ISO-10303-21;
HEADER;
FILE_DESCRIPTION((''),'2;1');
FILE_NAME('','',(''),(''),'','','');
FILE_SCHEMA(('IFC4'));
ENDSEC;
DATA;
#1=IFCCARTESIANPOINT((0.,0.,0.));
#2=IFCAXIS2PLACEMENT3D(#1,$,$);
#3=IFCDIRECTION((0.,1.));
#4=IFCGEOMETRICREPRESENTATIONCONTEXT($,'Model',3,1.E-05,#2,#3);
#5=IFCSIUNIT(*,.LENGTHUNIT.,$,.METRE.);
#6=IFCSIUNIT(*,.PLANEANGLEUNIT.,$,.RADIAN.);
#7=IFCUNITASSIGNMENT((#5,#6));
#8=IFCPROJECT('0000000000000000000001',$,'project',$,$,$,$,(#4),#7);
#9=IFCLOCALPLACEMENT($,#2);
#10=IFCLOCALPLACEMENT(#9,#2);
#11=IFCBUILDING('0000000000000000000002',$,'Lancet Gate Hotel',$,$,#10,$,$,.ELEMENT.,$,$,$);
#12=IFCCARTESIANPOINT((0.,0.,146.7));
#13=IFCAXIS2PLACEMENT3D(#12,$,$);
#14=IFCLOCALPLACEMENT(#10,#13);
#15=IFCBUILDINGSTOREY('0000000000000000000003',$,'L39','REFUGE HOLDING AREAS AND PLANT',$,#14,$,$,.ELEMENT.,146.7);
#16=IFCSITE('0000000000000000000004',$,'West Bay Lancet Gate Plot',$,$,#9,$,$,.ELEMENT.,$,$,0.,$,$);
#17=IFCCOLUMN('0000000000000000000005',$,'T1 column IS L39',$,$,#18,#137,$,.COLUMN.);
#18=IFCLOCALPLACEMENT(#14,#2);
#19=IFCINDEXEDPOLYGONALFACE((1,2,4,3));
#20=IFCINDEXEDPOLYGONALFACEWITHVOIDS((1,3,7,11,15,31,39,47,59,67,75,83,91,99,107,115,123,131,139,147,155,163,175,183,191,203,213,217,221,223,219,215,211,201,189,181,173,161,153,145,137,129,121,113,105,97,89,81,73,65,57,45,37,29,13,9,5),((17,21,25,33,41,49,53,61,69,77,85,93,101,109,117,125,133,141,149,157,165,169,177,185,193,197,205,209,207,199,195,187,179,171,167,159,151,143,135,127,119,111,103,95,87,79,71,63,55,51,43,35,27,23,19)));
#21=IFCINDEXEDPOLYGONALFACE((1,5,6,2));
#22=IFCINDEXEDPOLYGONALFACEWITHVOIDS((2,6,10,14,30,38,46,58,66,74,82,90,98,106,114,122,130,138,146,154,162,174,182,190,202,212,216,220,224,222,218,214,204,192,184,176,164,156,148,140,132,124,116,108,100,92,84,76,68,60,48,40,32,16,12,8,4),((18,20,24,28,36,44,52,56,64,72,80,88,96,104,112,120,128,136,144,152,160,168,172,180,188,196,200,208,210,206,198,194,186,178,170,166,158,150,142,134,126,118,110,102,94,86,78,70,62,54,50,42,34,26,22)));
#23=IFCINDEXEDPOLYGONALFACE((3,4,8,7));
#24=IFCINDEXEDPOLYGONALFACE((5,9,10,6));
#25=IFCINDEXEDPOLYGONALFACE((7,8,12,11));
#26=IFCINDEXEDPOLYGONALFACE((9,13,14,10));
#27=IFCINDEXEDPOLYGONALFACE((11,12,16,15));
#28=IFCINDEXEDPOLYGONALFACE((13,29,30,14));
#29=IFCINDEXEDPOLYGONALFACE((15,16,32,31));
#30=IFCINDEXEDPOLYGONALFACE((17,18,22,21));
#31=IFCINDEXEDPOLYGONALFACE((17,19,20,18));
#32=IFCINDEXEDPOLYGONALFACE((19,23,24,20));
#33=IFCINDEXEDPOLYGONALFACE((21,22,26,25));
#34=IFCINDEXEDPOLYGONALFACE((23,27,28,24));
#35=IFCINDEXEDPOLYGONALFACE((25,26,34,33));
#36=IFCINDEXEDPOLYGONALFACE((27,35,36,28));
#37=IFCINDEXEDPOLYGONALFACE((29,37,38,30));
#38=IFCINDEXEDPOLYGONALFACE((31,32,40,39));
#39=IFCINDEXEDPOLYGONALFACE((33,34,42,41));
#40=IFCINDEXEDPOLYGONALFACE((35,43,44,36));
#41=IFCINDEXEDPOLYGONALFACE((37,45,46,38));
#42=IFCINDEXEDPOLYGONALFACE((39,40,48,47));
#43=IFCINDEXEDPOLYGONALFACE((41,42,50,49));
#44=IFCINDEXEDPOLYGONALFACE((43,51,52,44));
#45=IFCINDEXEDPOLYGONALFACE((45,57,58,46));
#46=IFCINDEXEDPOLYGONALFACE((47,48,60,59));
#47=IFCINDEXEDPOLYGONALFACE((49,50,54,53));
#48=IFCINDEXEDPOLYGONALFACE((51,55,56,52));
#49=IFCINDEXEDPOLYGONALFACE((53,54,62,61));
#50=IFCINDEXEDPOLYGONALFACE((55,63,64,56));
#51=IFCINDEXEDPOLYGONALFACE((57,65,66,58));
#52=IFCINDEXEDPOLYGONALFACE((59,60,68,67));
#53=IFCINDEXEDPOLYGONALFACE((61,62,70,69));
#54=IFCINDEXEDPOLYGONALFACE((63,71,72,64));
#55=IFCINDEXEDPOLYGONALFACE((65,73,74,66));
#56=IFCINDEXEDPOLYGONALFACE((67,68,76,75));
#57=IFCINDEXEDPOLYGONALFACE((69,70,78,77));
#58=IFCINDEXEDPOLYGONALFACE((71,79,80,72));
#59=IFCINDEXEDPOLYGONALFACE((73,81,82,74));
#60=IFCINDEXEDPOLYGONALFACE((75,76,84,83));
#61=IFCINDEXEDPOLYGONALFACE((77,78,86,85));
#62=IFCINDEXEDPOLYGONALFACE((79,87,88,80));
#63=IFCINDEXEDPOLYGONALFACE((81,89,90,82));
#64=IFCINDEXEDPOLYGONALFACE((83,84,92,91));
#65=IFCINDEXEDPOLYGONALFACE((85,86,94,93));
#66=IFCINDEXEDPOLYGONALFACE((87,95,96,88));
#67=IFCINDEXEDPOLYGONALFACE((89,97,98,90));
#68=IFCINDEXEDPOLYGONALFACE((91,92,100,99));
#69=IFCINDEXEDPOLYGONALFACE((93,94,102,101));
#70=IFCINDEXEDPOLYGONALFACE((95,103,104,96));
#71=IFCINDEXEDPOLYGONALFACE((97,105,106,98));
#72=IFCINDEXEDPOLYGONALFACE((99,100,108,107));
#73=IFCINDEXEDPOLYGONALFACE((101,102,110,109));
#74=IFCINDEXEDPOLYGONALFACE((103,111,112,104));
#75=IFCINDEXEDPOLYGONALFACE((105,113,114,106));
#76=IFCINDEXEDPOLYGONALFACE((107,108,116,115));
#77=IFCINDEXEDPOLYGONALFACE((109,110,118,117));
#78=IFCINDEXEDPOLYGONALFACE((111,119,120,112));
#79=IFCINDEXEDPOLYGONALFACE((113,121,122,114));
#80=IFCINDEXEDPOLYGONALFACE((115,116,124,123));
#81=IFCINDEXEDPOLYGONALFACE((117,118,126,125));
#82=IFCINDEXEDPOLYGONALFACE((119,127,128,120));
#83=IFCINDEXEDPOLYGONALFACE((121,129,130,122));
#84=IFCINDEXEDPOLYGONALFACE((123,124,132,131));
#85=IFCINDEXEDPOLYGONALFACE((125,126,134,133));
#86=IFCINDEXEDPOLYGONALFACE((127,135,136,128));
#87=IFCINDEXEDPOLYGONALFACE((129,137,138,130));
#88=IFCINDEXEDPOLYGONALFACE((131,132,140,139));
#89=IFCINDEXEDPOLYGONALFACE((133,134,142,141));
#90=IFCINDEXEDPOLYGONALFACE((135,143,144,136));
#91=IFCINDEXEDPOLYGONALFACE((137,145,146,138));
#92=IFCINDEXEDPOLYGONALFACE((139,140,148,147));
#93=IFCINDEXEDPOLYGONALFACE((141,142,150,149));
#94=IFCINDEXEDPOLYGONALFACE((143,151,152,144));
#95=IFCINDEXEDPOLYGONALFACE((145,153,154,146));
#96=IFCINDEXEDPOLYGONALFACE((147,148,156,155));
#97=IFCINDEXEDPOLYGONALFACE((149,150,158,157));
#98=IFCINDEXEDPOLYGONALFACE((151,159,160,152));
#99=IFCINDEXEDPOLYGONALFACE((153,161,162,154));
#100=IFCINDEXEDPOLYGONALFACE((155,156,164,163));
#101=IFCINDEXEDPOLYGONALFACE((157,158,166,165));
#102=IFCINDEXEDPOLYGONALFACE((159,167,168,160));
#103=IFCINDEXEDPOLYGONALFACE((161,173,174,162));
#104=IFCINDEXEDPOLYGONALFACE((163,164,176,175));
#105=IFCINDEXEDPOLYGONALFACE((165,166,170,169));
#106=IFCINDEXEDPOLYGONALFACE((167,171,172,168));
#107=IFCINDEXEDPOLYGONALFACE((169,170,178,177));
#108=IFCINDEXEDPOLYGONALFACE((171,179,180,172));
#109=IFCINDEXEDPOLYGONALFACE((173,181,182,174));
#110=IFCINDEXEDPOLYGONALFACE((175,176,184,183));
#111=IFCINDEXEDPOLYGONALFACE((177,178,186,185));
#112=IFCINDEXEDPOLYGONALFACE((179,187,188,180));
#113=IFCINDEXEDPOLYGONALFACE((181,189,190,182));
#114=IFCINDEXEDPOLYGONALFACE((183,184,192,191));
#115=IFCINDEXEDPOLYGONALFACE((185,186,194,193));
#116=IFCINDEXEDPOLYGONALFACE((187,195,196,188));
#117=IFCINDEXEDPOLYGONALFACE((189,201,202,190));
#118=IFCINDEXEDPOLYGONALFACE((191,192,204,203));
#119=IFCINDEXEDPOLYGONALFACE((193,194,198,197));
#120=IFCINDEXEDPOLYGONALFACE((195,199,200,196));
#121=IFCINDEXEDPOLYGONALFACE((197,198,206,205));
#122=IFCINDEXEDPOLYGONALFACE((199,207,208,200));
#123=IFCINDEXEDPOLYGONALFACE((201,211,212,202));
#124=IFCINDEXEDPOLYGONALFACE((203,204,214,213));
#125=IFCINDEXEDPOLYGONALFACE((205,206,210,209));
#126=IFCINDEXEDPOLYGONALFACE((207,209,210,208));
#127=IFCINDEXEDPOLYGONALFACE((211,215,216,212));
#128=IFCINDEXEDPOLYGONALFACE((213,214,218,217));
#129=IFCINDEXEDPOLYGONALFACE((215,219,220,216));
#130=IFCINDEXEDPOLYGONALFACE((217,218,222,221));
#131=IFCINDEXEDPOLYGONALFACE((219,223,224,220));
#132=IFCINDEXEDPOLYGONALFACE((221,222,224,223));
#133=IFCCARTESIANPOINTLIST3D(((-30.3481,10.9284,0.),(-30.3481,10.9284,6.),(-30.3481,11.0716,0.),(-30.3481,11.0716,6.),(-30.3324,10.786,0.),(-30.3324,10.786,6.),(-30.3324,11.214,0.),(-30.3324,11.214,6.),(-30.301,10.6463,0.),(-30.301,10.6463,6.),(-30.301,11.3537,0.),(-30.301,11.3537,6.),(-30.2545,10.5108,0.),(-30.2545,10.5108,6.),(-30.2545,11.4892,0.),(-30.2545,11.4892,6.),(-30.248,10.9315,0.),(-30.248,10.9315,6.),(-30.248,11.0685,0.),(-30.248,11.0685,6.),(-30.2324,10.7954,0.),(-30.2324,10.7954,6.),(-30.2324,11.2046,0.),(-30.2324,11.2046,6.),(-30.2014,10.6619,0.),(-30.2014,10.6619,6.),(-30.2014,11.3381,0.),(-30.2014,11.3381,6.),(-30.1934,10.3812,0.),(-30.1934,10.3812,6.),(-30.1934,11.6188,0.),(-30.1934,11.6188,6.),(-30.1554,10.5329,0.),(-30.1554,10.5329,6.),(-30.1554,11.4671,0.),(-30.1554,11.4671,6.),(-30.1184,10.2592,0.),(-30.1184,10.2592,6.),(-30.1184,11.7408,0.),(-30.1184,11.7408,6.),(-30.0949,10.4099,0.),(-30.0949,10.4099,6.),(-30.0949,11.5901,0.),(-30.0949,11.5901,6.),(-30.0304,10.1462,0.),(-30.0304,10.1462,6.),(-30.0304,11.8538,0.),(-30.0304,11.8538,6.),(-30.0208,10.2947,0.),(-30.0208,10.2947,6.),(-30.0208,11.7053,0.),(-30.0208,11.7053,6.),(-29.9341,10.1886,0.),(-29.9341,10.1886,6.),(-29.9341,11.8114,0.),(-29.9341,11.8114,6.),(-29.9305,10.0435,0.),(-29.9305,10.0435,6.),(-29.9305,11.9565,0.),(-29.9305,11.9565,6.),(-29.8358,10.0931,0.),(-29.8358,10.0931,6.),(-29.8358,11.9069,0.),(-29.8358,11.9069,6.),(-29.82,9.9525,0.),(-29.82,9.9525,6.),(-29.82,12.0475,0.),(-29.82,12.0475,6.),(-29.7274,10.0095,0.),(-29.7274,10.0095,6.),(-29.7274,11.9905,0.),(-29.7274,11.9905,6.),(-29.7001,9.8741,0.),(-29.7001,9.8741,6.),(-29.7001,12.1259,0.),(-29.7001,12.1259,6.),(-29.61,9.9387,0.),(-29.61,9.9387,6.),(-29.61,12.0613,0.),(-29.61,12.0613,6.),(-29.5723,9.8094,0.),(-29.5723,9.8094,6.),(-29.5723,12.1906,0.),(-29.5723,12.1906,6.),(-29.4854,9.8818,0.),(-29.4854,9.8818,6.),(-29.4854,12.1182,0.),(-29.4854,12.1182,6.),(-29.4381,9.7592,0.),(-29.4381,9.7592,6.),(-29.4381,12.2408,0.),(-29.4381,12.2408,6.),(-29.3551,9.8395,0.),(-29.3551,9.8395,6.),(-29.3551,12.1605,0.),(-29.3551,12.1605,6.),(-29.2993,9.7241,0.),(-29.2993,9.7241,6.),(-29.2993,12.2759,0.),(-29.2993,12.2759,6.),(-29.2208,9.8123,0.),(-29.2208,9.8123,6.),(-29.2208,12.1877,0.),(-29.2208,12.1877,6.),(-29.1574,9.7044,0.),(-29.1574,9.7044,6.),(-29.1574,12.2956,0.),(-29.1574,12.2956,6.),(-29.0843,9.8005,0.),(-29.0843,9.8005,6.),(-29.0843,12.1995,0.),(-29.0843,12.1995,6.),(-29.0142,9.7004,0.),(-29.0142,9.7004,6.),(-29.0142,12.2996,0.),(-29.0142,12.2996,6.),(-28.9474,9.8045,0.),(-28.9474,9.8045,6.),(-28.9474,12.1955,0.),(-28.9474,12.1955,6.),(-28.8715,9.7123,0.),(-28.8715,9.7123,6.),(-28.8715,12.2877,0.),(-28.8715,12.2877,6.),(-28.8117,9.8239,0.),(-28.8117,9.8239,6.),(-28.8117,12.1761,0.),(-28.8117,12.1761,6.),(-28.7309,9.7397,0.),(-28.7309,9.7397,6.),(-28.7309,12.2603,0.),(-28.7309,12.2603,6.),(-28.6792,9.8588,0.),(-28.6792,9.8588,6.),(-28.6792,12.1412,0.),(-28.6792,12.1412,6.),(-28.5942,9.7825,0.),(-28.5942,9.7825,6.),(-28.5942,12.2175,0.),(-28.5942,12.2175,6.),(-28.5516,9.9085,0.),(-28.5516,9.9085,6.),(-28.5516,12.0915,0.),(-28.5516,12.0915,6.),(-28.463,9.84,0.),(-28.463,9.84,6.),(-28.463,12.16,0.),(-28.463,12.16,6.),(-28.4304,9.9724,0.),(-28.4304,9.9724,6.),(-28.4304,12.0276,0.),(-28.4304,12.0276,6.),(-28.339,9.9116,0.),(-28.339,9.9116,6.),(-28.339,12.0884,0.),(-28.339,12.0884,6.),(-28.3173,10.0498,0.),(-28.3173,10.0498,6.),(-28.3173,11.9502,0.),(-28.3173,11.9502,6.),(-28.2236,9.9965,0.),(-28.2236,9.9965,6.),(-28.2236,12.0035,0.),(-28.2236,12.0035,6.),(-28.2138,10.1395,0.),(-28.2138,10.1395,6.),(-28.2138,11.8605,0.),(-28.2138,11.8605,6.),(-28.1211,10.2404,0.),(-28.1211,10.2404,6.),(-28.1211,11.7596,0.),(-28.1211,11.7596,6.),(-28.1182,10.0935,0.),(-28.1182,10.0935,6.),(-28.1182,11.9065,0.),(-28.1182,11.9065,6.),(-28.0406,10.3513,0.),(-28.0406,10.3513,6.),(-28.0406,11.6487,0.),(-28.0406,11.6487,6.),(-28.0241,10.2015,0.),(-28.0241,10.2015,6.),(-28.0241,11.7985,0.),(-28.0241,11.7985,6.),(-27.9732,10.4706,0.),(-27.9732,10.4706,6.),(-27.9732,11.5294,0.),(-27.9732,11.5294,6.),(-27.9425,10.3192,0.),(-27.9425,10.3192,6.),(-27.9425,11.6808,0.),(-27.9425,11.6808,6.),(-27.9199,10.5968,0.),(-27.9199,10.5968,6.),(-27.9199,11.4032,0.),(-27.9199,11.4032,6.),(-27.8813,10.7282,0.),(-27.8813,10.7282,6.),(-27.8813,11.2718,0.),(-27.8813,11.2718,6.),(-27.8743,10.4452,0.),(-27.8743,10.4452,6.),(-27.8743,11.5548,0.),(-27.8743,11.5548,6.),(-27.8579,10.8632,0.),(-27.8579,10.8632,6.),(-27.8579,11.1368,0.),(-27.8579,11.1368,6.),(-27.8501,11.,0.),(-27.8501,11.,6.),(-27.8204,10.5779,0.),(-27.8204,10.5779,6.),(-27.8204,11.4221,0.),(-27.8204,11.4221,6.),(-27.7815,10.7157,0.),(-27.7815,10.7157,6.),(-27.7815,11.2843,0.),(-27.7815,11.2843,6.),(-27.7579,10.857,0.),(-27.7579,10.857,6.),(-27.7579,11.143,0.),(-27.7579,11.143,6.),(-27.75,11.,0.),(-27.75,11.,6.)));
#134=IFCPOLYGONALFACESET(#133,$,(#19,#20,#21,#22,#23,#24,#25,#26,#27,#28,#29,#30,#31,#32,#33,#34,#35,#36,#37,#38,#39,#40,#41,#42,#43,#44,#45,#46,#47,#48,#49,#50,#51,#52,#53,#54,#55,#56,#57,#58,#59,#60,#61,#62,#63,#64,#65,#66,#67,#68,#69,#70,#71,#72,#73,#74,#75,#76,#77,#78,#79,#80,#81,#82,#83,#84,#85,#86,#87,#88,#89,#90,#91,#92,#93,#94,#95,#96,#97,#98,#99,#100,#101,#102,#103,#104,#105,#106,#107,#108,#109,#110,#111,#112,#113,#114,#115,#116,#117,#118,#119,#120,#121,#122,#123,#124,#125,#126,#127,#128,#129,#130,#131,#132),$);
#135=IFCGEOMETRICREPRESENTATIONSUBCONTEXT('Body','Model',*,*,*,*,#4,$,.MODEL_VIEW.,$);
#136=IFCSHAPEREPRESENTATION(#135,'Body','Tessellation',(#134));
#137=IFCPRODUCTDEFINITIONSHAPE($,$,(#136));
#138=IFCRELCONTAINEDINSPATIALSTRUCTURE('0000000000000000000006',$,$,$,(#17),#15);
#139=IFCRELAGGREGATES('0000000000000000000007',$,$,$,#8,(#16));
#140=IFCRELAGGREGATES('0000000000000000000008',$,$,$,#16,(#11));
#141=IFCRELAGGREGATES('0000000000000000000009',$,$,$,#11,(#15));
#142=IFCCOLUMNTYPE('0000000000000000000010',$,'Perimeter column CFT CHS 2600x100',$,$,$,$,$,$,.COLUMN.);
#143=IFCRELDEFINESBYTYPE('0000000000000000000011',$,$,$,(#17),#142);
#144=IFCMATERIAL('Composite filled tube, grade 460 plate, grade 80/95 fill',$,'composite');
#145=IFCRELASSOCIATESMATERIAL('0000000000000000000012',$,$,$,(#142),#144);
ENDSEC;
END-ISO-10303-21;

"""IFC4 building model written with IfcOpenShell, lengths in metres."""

from ifc_helpers import new_model, si_unit, direction, frame, origin, origin_2d, place, context, subcontext, project, spatial, hollow_circle, extrude, material, material_profile, profile_set, type_object, element, save


model = new_model("IFC4")

# Units and contexts
model_context = context("Model", 3, precision=1e-05, world=origin(), true_north=direction((0.0, 1.0)))
body_context = subcontext(model_context, "Body", "Model", "MODEL_VIEW")
ifc_project = project(units=[si_unit("LENGTHUNIT", "METRE"), si_unit("PLANEANGLEUNIT", "RADIAN")], contexts=[model_context])

# Site, building, storey
site_placement = place(None, origin())
site = spatial("IfcSite", under=ifc_project, at=site_placement, Name="West Bay Lancet Gate Plot", CompositionType="ELEMENT", RefElevation=0.0)
building_placement = place(site_placement, origin())
building = spatial("IfcBuilding", under=site, at=building_placement, Name="Lancet Gate Hotel", CompositionType="ELEMENT")
storey_placement = place(building_placement, frame((0.0, 0.0, 146.7)))
storey = spatial("IfcBuildingStorey", under=building, at=storey_placement, Name="L39", Description="REFUGE HOLDING AREAS AND PLANT", CompositionType="ELEMENT", Elevation=146.7)

# Column
ifc_material_1 = material(Name="Composite filled tube, grade 460 plate, grade 80/95 fill", Category="composite")
ifc_material_profile_1 = material_profile(ifc_material_1, hollow_circle(Radius=1.3, WallThickness=0.1001, at=origin_2d()), Name="CHS 2600x100")
ifc_profile_set_1 = profile_set([ifc_material_profile_1], Name="Composite filled tube, grade 460 plate, grade 80/95 fill")
column_type = type_object("IfcColumnType", Name="Perimeter column CFT CHS 2600x100", PredefinedType="COLUMN", material=ifc_profile_set_1)
for number, where, z_axis, x_axis, name in (
    (1, (-29.05, 11.0, 0.0), (0.0, 0.0, 1.0), (1.0, 0.0, 0.0), "T1 column IS L39"),
):
    element("IfcColumn", number, at=place(storey_placement, frame(where, z_axis=z_axis, x_axis=x_axis)), inside=storey, type_object=column_type, Name=name, PredefinedType="COLUMN", context=body_context, shape_type="SweptSolid", body=[
        extrude(hollow_circle(Radius=1.3, WallThickness=0.1001, at=origin_2d()), origin(), (0.0, 0.0, 1.0), 6.0),
    ])

save(model, "model.ifc")
